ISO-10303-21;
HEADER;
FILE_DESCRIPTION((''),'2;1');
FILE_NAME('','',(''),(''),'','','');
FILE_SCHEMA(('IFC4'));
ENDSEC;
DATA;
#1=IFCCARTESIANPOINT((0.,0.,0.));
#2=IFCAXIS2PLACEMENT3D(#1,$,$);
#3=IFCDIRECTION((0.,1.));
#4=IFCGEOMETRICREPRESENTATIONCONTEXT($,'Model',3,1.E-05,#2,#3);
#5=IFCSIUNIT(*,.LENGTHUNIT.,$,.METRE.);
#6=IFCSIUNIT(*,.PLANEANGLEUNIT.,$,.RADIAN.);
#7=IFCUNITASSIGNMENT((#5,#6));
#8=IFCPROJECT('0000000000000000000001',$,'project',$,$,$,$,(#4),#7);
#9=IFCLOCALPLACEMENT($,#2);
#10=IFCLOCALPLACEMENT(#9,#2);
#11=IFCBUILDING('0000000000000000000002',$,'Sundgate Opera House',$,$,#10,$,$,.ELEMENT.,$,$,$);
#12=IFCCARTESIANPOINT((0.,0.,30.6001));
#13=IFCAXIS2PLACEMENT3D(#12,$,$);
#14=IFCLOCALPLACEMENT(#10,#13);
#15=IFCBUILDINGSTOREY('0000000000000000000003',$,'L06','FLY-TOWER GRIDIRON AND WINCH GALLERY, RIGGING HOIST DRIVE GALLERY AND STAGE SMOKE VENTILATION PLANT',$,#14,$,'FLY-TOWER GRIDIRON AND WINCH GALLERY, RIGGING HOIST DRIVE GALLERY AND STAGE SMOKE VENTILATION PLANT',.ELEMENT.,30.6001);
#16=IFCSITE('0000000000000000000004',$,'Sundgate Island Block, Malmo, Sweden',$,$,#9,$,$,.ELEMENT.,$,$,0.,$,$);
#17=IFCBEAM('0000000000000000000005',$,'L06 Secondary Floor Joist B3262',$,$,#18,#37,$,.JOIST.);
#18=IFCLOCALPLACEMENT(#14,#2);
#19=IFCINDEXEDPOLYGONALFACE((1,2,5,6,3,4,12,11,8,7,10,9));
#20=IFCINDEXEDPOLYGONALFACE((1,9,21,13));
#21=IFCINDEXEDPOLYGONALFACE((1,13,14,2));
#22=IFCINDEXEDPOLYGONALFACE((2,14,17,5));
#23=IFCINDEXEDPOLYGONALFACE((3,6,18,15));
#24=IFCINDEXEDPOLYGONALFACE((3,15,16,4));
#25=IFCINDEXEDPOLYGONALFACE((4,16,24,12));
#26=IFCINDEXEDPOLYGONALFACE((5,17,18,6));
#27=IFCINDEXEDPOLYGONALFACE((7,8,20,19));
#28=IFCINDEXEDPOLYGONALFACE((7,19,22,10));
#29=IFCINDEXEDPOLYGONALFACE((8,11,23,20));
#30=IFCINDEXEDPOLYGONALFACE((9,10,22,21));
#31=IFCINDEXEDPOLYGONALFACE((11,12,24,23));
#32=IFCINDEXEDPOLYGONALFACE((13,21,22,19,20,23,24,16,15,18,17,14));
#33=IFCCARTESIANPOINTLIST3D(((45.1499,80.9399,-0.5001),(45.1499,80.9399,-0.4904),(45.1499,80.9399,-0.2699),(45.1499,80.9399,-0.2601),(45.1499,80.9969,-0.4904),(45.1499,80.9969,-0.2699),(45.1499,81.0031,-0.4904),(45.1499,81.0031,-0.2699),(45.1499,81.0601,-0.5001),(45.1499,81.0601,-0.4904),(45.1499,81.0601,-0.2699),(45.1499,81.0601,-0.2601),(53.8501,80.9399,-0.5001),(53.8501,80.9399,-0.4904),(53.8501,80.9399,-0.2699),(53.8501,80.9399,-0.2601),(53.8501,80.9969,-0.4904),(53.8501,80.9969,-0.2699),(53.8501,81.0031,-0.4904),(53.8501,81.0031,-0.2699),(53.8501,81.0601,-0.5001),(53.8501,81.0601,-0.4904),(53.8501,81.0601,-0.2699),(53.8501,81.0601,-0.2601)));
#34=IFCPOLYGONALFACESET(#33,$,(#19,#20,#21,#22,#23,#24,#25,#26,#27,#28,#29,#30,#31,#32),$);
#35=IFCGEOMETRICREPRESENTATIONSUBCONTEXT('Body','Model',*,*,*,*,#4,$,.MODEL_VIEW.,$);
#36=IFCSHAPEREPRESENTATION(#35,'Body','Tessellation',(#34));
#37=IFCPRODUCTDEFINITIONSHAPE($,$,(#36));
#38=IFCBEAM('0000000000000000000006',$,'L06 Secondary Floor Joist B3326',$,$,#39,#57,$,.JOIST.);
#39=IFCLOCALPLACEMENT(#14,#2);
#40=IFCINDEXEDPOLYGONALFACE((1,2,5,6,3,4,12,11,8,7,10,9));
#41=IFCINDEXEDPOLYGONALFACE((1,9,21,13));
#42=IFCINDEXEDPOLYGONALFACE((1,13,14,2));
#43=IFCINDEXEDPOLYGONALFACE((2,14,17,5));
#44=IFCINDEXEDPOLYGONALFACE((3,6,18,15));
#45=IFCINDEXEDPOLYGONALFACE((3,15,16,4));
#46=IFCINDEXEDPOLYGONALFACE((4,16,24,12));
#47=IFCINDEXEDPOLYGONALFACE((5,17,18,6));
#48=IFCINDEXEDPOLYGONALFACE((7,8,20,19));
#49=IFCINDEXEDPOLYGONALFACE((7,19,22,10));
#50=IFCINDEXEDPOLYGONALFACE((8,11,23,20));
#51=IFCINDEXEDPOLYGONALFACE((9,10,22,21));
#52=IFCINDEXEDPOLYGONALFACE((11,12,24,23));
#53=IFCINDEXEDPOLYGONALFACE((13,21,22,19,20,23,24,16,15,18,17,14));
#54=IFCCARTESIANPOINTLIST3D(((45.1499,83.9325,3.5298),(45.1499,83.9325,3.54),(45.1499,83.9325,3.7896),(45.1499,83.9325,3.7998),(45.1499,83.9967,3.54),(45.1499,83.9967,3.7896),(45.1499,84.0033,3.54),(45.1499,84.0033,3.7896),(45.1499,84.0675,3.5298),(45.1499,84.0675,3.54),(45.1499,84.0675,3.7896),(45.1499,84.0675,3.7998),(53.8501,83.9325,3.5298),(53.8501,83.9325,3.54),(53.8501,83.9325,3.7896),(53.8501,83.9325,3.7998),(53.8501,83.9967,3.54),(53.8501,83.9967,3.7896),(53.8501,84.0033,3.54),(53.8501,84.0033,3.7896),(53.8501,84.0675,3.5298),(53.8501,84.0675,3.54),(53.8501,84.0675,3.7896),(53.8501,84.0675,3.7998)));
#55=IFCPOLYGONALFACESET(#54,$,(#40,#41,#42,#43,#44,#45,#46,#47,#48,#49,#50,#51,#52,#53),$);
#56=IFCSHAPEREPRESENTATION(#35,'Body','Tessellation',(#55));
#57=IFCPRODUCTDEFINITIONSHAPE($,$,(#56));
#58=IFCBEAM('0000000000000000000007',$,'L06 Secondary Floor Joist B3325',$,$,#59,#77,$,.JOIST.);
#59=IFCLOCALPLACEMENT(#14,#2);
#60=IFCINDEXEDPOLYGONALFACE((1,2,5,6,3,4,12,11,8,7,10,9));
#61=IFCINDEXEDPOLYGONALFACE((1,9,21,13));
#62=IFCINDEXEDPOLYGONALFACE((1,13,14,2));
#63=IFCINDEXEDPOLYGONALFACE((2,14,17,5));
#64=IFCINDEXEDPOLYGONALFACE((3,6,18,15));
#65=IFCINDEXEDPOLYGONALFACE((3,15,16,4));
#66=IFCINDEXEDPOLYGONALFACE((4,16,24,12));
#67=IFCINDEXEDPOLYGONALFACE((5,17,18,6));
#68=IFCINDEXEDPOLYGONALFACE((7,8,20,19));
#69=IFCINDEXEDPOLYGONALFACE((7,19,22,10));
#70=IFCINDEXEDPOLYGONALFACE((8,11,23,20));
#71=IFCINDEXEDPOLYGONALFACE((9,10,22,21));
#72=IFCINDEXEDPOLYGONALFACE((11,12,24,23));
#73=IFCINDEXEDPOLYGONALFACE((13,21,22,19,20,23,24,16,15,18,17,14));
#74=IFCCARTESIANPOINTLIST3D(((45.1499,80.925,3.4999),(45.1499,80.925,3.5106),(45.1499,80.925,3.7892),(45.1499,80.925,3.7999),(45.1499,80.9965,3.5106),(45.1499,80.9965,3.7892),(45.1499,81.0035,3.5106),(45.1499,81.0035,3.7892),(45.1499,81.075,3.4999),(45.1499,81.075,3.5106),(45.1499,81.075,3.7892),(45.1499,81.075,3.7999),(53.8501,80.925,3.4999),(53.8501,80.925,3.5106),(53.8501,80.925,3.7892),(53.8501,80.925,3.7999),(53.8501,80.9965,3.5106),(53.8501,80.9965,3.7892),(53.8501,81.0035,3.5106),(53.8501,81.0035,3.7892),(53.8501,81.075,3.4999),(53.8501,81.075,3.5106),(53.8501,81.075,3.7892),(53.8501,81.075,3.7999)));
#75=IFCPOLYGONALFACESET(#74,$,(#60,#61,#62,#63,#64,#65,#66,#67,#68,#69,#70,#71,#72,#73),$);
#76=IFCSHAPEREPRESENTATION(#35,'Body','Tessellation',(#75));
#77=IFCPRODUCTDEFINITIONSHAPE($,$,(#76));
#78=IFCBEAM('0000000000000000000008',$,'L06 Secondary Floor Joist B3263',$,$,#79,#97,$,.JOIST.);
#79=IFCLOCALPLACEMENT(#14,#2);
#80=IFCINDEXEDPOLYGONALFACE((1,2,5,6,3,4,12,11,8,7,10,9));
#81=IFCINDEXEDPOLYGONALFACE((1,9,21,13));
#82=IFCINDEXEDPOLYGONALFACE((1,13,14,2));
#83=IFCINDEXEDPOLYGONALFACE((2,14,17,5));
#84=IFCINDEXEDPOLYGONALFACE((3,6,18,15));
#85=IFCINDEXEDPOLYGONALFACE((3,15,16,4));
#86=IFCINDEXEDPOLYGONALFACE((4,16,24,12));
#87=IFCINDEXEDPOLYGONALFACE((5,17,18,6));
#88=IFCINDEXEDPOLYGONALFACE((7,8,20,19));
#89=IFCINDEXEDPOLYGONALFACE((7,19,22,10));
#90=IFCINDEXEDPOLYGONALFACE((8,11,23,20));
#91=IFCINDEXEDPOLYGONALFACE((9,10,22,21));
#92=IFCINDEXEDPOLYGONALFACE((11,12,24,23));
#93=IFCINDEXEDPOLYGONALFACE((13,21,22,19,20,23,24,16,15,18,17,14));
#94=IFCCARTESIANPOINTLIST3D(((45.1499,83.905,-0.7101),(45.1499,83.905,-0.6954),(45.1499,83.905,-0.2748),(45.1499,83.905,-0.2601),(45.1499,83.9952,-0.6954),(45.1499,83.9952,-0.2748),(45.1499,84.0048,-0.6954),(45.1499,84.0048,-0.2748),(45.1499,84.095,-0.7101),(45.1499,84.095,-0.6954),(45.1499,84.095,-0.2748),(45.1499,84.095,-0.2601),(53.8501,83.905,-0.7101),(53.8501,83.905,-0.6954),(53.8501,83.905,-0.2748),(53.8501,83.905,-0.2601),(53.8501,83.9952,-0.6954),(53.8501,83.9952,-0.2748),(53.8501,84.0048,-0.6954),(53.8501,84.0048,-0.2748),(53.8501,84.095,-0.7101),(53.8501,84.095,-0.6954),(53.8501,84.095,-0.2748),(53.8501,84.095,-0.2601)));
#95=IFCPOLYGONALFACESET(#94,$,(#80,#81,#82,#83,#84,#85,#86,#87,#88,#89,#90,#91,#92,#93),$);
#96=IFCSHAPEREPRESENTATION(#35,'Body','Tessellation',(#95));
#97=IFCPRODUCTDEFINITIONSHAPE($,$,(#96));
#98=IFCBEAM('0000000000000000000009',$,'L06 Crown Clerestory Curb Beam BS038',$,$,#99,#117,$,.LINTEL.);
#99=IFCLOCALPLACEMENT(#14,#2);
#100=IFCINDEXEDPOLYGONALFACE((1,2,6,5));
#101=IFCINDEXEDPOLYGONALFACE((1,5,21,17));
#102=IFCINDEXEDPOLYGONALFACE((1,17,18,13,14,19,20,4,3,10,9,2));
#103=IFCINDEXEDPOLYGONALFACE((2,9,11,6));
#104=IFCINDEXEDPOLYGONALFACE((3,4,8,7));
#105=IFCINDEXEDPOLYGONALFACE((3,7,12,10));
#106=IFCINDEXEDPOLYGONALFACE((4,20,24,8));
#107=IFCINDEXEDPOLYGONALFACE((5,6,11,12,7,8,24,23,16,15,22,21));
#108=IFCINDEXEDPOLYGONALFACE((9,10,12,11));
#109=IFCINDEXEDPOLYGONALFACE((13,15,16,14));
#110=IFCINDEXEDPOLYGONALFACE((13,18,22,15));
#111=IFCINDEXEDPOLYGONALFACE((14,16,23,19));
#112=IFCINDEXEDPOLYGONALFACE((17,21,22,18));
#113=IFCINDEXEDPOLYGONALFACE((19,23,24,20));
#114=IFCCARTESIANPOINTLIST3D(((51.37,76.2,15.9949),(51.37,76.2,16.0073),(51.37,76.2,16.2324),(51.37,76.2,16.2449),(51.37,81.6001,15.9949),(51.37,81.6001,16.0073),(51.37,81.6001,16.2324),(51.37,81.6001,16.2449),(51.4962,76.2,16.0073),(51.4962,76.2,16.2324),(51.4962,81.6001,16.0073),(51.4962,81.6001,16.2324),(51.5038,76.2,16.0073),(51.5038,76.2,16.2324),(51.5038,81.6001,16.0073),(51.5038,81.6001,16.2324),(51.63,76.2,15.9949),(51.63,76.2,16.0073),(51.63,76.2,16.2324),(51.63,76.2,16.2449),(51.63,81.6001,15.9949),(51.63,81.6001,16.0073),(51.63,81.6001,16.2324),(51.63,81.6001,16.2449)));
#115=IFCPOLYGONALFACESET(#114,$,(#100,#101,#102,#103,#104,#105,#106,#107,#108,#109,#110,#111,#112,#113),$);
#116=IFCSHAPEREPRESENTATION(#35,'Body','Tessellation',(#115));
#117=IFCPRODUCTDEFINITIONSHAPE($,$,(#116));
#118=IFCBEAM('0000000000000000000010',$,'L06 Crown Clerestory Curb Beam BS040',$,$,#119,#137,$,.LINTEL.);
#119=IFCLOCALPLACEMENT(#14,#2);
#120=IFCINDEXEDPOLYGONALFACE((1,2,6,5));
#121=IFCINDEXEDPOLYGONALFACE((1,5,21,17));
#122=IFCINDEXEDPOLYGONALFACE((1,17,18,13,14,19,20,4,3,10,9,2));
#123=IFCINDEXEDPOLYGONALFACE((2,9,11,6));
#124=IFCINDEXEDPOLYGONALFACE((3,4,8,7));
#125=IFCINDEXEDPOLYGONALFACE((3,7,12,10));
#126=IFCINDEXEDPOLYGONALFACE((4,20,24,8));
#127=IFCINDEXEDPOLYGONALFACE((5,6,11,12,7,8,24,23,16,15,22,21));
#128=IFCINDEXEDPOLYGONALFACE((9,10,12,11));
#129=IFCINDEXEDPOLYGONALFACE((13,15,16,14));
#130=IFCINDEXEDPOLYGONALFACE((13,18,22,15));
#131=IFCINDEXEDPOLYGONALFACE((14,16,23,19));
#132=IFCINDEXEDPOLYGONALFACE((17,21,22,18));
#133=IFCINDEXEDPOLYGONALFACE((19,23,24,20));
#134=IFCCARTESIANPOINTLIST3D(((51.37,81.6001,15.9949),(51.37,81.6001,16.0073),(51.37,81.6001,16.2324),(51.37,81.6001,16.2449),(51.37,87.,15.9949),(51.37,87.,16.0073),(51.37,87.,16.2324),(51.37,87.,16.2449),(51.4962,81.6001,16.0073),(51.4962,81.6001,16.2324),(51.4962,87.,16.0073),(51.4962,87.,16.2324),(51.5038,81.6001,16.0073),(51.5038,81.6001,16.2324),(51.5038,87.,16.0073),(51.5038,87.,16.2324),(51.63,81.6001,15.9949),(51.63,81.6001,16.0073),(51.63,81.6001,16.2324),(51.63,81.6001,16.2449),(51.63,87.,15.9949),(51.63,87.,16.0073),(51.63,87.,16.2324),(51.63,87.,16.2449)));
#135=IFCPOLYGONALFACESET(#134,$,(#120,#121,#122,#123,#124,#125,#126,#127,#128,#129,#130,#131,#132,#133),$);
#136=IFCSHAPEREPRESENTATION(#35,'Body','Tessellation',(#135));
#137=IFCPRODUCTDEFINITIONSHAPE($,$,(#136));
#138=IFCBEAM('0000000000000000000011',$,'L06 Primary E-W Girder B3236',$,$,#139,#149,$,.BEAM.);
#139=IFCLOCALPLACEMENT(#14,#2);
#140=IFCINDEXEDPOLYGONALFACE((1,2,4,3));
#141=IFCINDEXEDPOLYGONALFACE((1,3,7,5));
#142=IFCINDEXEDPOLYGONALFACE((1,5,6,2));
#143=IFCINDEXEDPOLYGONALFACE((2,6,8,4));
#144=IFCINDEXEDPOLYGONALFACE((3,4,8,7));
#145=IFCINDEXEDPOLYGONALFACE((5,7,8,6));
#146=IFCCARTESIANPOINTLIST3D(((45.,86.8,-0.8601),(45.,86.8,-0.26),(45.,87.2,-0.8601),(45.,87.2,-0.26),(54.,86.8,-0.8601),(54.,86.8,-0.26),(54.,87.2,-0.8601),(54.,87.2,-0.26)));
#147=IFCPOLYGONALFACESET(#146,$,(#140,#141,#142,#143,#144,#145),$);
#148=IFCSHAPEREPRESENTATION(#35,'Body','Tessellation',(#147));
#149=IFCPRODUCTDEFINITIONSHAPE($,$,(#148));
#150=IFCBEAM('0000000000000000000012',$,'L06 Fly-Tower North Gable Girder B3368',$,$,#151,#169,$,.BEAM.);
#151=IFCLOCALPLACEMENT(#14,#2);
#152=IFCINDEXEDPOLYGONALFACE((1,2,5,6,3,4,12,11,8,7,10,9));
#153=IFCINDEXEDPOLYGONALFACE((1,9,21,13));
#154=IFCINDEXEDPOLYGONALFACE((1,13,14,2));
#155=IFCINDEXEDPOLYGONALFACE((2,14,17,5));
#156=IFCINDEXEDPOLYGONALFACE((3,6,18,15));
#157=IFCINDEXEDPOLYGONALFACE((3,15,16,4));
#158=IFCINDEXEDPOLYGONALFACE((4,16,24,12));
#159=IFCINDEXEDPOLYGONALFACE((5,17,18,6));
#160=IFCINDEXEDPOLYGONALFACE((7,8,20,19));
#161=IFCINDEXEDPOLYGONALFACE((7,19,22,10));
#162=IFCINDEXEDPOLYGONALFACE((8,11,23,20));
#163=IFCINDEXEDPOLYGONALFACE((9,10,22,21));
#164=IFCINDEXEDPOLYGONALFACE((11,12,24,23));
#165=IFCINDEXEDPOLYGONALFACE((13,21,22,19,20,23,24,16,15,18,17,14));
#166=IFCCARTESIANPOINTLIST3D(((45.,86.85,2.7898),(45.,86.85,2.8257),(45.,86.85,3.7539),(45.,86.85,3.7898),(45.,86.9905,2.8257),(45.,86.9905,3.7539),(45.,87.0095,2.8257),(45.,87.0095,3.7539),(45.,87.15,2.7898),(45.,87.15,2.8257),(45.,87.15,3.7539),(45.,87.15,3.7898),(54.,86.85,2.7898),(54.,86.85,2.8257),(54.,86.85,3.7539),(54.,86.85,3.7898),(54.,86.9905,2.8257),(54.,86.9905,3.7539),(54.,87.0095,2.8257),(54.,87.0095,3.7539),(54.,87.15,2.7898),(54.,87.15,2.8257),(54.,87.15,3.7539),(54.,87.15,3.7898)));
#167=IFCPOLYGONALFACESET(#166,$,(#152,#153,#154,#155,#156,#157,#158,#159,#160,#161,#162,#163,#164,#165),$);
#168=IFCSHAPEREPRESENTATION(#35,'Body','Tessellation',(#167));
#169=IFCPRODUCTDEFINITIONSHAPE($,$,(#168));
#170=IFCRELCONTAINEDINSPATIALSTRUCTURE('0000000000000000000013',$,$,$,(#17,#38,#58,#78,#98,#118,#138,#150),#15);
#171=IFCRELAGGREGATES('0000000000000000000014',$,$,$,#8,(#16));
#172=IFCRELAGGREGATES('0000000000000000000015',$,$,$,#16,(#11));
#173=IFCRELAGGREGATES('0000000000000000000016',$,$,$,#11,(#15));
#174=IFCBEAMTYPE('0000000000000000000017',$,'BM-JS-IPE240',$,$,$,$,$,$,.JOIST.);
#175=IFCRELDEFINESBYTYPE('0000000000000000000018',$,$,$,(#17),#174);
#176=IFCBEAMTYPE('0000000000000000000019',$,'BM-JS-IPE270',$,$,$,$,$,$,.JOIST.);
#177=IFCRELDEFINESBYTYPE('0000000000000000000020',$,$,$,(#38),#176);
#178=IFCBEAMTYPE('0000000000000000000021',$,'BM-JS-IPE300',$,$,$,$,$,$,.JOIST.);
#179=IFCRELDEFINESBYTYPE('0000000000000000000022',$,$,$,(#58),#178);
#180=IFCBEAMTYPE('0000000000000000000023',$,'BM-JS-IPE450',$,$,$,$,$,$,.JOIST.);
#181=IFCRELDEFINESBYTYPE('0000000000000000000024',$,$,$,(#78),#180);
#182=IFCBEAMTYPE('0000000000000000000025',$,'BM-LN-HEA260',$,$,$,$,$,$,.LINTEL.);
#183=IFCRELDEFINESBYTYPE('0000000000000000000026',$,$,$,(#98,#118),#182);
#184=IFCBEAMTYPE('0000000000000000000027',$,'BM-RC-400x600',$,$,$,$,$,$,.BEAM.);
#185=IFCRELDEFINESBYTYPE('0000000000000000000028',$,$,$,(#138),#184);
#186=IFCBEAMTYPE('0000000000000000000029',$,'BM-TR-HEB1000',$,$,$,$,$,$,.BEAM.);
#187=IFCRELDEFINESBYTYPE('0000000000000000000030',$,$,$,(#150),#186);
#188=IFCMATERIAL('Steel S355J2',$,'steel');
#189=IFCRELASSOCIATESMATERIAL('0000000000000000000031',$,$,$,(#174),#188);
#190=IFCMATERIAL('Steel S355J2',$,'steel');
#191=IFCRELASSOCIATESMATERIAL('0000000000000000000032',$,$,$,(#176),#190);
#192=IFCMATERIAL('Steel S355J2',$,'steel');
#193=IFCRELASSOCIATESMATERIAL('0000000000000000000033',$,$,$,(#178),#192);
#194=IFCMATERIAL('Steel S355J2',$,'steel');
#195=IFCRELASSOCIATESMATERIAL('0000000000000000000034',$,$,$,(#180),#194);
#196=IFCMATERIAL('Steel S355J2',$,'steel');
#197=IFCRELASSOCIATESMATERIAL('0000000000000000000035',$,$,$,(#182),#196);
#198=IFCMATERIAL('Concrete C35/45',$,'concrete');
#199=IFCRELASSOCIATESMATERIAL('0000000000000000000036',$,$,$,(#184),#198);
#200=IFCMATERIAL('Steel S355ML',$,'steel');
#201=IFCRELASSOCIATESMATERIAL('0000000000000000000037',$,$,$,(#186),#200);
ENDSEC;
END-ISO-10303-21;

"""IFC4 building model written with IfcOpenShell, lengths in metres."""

from ifc_helpers import new_model, si_unit, direction, frame, origin, origin_2d, place, context, subcontext, project, spatial, rectangle, i_section, extrude, material, material_profile, profile_set, type_object, element, save


model = new_model("IFC4")

# Units and contexts
model_context = context("Model", 3, precision=1e-05, world=origin(), true_north=direction((0.0, 1.0)))
body_context = subcontext(model_context, "Body", "Model", "MODEL_VIEW")
ifc_project = project(units=[si_unit("LENGTHUNIT", "METRE"), si_unit("PLANEANGLEUNIT", "RADIAN")], contexts=[model_context])

# Site, building, storey
site_placement = place(None, origin())
site = spatial("IfcSite", under=ifc_project, at=site_placement, Name="Sundgate Island Block, Malmo, Sweden", CompositionType="ELEMENT", RefElevation=0.0)
building_placement = place(site_placement, origin())
building = spatial("IfcBuilding", under=site, at=building_placement, Name="Sundgate Opera House", CompositionType="ELEMENT")
storey_placement = place(building_placement, frame((0.0, 0.0, 30.6001)))
storey = spatial("IfcBuildingStorey", under=building, at=storey_placement, Name="L06", Description="FLY-TOWER GRIDIRON AND WINCH GALLERY, RIGGING HOIST DRIVE GALLERY AND STAGE SMOKE VENTILATION PLANT", LongName="FLY-TOWER GRIDIRON AND WINCH GALLERY, RIGGING HOIST DRIVE GALLERY AND STAGE SMOKE VENTILATION PLANT", CompositionType="ELEMENT", Elevation=30.6001)

# Beams
ifc_material_1 = material(Name="Steel S355J2", Category="steel")
ifc_material_profile_1 = material_profile(ifc_material_1, i_section(OverallWidth=0.1201, OverallDepth=0.24, WebThickness=0.0061, FlangeThickness=0.0098, at=origin_2d()), Name="IPE 240")
ifc_profile_set_1 = profile_set([ifc_material_profile_1], Name="Steel S355J2")
beam_type_1 = type_object("IfcBeamType", Name="BM-JS-IPE240", PredefinedType="JOIST", material=ifc_profile_set_1)
beam_1_placement = place(storey_placement, frame((45.1499, 81.0, -0.3801), z_axis=(1.0, 0.0, 0.0), x_axis=(0.0, 1.0, 0.0)))
element("IfcBeam", 1, at=beam_1_placement, inside=storey, type_object=beam_type_1, Name="L06 Secondary Floor Joist B3262", PredefinedType="JOIST", context=body_context, shape_type="SweptSolid", body=[
    extrude(i_section(OverallWidth=0.1201, OverallDepth=0.24, WebThickness=0.0061, FlangeThickness=0.0098, at=origin_2d()), origin(), (0.0, 0.0, 1.0), 8.7002),
])
ifc_material_2 = material(Name="Steel S355J2", Category="steel")
ifc_material_profile_2 = material_profile(ifc_material_2, i_section(OverallWidth=0.135, OverallDepth=0.27, WebThickness=0.0066, FlangeThickness=0.0103, at=origin_2d()), Name="IPE 270")
ifc_profile_set_2 = profile_set([ifc_material_profile_2], Name="Steel S355J2")
beam_type_2 = type_object("IfcBeamType", Name="BM-JS-IPE270", PredefinedType="JOIST", material=ifc_profile_set_2)
beam_2_placement = place(storey_placement, frame((45.1499, 84.0, 3.6648), z_axis=(1.0, 0.0, 0.0), x_axis=(0.0, 1.0, 0.0)))
element("IfcBeam", 2, at=beam_2_placement, inside=storey, type_object=beam_type_2, Name="L06 Secondary Floor Joist B3326", PredefinedType="JOIST", context=body_context, shape_type="SweptSolid", body=[
    extrude(i_section(OverallWidth=0.135, OverallDepth=0.27, WebThickness=0.0066, FlangeThickness=0.0103, at=origin_2d()), origin(), (0.0, 0.0, 1.0), 8.7002),
])
ifc_material_3 = material(Name="Steel S355J2", Category="steel")
ifc_material_profile_3 = material_profile(ifc_material_3, i_section(OverallWidth=0.1499, OverallDepth=0.3, WebThickness=0.0071, FlangeThickness=0.0107, at=origin_2d()), Name="IPE 300")
ifc_profile_set_3 = profile_set([ifc_material_profile_3], Name="Steel S355J2")
beam_type_3 = type_object("IfcBeamType", Name="BM-JS-IPE300", PredefinedType="JOIST", material=ifc_profile_set_3)
beam_3_placement = place(storey_placement, frame((45.1499, 81.0, 3.6499), z_axis=(1.0, 0.0, 0.0), x_axis=(0.0, 1.0, 0.0)))
element("IfcBeam", 3, at=beam_3_placement, inside=storey, type_object=beam_type_3, Name="L06 Secondary Floor Joist B3325", PredefinedType="JOIST", context=body_context, shape_type="SweptSolid", body=[
    extrude(i_section(OverallWidth=0.1499, OverallDepth=0.3, WebThickness=0.0071, FlangeThickness=0.0107, at=origin_2d()), origin(), (0.0, 0.0, 1.0), 8.7002),
])
ifc_material_4 = material(Name="Steel S355J2", Category="steel")
ifc_material_profile_4 = material_profile(ifc_material_4, i_section(OverallWidth=0.1899, OverallDepth=0.45, WebThickness=0.0095, FlangeThickness=0.0146, at=origin_2d()), Name="IPE 450")
ifc_profile_set_4 = profile_set([ifc_material_profile_4], Name="Steel S355J2")
beam_type_4 = type_object("IfcBeamType", Name="BM-JS-IPE450", PredefinedType="JOIST", material=ifc_profile_set_4)
beam_4_placement = place(storey_placement, frame((45.1499, 84.0, -0.4851), z_axis=(1.0, 0.0, 0.0), x_axis=(0.0, 1.0, 0.0)))
element("IfcBeam", 4, at=beam_4_placement, inside=storey, type_object=beam_type_4, Name="L06 Secondary Floor Joist B3263", PredefinedType="JOIST", context=body_context, shape_type="SweptSolid", body=[
    extrude(i_section(OverallWidth=0.1899, OverallDepth=0.45, WebThickness=0.0095, FlangeThickness=0.0146, at=origin_2d()), origin(), (0.0, 0.0, 1.0), 8.7002),
])
ifc_material_5 = material(Name="Steel S355J2", Category="steel")
ifc_material_profile_5 = material_profile(ifc_material_5, i_section(OverallWidth=0.26, OverallDepth=0.25, WebThickness=0.0076, FlangeThickness=0.0125, at=origin_2d()), Name="HEA 260")
ifc_profile_set_5 = profile_set([ifc_material_profile_5], Name="Steel S355J2")
beam_type_5 = type_object("IfcBeamType", Name="BM-LN-HEA260", PredefinedType="LINTEL", material=ifc_profile_set_5)
beam_5_placement = place(storey_placement, frame((51.5, 76.2, 16.1199), z_axis=(0.0, 1.0, 0.0), x_axis=(-1.0, 0.0, 0.0)))
element("IfcBeam", 5, at=beam_5_placement, inside=storey, type_object=beam_type_5, Name="L06 Crown Clerestory Curb Beam BS038", PredefinedType="LINTEL", context=body_context, shape_type="SweptSolid", body=[
    extrude(i_section(OverallWidth=0.26, OverallDepth=0.25, WebThickness=0.0076, FlangeThickness=0.0125, at=origin_2d()), origin(), (0.0, 0.0, 1.0), 5.4001),
])
beam_6_placement = place(storey_placement, frame((51.5, 81.6001, 16.1199), z_axis=(0.0, 1.0, 0.0), x_axis=(-1.0, 0.0, 0.0)))
element("IfcBeam", 6, at=beam_6_placement, inside=storey, type_object=beam_type_5, Name="L06 Crown Clerestory Curb Beam BS040", PredefinedType="LINTEL", context=body_context, shape_type="SweptSolid", body=[
    extrude(i_section(OverallWidth=0.26, OverallDepth=0.25, WebThickness=0.0076, FlangeThickness=0.0125, at=origin_2d()), origin(), (0.0, 0.0, 1.0), 5.3999),
])
ifc_material_6 = material(Name="Concrete C35/45", Category="concrete")
ifc_material_profile_6 = material_profile(ifc_material_6, rectangle(XDim=0.3999, YDim=0.6001, at=origin_2d()), Name="RC 400x600")
ifc_profile_set_6 = profile_set([ifc_material_profile_6], Name="Concrete C35/45")
beam_type_6 = type_object("IfcBeamType", Name="BM-RC-400x600", PredefinedType="BEAM", material=ifc_profile_set_6)
beam_7_placement = place(storey_placement, frame((45.0, 87.0, -0.5601), z_axis=(1.0, 0.0, 0.0), x_axis=(0.0, 1.0, 0.0)))
element("IfcBeam", 7, at=beam_7_placement, inside=storey, type_object=beam_type_6, Name="L06 Primary E-W Girder B3236", PredefinedType="BEAM", context=body_context, shape_type="SweptSolid", body=[
    extrude(rectangle(XDim=0.3999, YDim=0.6001, at=origin_2d()), origin(), (0.0, 0.0, 1.0), 9.0),
])
ifc_material_7 = material(Name="Steel S355ML", Category="steel")
ifc_material_profile_7 = material_profile(ifc_material_7, i_section(OverallWidth=0.3, OverallDepth=1.0, WebThickness=0.019, FlangeThickness=0.0359, at=origin_2d()), Name="HEB 1000")
ifc_profile_set_7 = profile_set([ifc_material_profile_7], Name="Steel S355ML")
beam_type_7 = type_object("IfcBeamType", Name="BM-TR-HEB1000", PredefinedType="BEAM", material=ifc_profile_set_7)
beam_8_placement = place(storey_placement, frame((45.0, 87.0, 3.2898), z_axis=(1.0, 0.0, 0.0), x_axis=(0.0, 1.0, 0.0)))
element("IfcBeam", 8, at=beam_8_placement, inside=storey, type_object=beam_type_7, Name="L06 Fly-Tower North Gable Girder B3368", PredefinedType="BEAM", context=body_context, shape_type="SweptSolid", body=[
    extrude(i_section(OverallWidth=0.3, OverallDepth=1.0, WebThickness=0.019, FlangeThickness=0.0359, at=origin_2d()), origin(), (0.0, 0.0, 1.0), 9.0),
])

save(model, "model.ifc")
